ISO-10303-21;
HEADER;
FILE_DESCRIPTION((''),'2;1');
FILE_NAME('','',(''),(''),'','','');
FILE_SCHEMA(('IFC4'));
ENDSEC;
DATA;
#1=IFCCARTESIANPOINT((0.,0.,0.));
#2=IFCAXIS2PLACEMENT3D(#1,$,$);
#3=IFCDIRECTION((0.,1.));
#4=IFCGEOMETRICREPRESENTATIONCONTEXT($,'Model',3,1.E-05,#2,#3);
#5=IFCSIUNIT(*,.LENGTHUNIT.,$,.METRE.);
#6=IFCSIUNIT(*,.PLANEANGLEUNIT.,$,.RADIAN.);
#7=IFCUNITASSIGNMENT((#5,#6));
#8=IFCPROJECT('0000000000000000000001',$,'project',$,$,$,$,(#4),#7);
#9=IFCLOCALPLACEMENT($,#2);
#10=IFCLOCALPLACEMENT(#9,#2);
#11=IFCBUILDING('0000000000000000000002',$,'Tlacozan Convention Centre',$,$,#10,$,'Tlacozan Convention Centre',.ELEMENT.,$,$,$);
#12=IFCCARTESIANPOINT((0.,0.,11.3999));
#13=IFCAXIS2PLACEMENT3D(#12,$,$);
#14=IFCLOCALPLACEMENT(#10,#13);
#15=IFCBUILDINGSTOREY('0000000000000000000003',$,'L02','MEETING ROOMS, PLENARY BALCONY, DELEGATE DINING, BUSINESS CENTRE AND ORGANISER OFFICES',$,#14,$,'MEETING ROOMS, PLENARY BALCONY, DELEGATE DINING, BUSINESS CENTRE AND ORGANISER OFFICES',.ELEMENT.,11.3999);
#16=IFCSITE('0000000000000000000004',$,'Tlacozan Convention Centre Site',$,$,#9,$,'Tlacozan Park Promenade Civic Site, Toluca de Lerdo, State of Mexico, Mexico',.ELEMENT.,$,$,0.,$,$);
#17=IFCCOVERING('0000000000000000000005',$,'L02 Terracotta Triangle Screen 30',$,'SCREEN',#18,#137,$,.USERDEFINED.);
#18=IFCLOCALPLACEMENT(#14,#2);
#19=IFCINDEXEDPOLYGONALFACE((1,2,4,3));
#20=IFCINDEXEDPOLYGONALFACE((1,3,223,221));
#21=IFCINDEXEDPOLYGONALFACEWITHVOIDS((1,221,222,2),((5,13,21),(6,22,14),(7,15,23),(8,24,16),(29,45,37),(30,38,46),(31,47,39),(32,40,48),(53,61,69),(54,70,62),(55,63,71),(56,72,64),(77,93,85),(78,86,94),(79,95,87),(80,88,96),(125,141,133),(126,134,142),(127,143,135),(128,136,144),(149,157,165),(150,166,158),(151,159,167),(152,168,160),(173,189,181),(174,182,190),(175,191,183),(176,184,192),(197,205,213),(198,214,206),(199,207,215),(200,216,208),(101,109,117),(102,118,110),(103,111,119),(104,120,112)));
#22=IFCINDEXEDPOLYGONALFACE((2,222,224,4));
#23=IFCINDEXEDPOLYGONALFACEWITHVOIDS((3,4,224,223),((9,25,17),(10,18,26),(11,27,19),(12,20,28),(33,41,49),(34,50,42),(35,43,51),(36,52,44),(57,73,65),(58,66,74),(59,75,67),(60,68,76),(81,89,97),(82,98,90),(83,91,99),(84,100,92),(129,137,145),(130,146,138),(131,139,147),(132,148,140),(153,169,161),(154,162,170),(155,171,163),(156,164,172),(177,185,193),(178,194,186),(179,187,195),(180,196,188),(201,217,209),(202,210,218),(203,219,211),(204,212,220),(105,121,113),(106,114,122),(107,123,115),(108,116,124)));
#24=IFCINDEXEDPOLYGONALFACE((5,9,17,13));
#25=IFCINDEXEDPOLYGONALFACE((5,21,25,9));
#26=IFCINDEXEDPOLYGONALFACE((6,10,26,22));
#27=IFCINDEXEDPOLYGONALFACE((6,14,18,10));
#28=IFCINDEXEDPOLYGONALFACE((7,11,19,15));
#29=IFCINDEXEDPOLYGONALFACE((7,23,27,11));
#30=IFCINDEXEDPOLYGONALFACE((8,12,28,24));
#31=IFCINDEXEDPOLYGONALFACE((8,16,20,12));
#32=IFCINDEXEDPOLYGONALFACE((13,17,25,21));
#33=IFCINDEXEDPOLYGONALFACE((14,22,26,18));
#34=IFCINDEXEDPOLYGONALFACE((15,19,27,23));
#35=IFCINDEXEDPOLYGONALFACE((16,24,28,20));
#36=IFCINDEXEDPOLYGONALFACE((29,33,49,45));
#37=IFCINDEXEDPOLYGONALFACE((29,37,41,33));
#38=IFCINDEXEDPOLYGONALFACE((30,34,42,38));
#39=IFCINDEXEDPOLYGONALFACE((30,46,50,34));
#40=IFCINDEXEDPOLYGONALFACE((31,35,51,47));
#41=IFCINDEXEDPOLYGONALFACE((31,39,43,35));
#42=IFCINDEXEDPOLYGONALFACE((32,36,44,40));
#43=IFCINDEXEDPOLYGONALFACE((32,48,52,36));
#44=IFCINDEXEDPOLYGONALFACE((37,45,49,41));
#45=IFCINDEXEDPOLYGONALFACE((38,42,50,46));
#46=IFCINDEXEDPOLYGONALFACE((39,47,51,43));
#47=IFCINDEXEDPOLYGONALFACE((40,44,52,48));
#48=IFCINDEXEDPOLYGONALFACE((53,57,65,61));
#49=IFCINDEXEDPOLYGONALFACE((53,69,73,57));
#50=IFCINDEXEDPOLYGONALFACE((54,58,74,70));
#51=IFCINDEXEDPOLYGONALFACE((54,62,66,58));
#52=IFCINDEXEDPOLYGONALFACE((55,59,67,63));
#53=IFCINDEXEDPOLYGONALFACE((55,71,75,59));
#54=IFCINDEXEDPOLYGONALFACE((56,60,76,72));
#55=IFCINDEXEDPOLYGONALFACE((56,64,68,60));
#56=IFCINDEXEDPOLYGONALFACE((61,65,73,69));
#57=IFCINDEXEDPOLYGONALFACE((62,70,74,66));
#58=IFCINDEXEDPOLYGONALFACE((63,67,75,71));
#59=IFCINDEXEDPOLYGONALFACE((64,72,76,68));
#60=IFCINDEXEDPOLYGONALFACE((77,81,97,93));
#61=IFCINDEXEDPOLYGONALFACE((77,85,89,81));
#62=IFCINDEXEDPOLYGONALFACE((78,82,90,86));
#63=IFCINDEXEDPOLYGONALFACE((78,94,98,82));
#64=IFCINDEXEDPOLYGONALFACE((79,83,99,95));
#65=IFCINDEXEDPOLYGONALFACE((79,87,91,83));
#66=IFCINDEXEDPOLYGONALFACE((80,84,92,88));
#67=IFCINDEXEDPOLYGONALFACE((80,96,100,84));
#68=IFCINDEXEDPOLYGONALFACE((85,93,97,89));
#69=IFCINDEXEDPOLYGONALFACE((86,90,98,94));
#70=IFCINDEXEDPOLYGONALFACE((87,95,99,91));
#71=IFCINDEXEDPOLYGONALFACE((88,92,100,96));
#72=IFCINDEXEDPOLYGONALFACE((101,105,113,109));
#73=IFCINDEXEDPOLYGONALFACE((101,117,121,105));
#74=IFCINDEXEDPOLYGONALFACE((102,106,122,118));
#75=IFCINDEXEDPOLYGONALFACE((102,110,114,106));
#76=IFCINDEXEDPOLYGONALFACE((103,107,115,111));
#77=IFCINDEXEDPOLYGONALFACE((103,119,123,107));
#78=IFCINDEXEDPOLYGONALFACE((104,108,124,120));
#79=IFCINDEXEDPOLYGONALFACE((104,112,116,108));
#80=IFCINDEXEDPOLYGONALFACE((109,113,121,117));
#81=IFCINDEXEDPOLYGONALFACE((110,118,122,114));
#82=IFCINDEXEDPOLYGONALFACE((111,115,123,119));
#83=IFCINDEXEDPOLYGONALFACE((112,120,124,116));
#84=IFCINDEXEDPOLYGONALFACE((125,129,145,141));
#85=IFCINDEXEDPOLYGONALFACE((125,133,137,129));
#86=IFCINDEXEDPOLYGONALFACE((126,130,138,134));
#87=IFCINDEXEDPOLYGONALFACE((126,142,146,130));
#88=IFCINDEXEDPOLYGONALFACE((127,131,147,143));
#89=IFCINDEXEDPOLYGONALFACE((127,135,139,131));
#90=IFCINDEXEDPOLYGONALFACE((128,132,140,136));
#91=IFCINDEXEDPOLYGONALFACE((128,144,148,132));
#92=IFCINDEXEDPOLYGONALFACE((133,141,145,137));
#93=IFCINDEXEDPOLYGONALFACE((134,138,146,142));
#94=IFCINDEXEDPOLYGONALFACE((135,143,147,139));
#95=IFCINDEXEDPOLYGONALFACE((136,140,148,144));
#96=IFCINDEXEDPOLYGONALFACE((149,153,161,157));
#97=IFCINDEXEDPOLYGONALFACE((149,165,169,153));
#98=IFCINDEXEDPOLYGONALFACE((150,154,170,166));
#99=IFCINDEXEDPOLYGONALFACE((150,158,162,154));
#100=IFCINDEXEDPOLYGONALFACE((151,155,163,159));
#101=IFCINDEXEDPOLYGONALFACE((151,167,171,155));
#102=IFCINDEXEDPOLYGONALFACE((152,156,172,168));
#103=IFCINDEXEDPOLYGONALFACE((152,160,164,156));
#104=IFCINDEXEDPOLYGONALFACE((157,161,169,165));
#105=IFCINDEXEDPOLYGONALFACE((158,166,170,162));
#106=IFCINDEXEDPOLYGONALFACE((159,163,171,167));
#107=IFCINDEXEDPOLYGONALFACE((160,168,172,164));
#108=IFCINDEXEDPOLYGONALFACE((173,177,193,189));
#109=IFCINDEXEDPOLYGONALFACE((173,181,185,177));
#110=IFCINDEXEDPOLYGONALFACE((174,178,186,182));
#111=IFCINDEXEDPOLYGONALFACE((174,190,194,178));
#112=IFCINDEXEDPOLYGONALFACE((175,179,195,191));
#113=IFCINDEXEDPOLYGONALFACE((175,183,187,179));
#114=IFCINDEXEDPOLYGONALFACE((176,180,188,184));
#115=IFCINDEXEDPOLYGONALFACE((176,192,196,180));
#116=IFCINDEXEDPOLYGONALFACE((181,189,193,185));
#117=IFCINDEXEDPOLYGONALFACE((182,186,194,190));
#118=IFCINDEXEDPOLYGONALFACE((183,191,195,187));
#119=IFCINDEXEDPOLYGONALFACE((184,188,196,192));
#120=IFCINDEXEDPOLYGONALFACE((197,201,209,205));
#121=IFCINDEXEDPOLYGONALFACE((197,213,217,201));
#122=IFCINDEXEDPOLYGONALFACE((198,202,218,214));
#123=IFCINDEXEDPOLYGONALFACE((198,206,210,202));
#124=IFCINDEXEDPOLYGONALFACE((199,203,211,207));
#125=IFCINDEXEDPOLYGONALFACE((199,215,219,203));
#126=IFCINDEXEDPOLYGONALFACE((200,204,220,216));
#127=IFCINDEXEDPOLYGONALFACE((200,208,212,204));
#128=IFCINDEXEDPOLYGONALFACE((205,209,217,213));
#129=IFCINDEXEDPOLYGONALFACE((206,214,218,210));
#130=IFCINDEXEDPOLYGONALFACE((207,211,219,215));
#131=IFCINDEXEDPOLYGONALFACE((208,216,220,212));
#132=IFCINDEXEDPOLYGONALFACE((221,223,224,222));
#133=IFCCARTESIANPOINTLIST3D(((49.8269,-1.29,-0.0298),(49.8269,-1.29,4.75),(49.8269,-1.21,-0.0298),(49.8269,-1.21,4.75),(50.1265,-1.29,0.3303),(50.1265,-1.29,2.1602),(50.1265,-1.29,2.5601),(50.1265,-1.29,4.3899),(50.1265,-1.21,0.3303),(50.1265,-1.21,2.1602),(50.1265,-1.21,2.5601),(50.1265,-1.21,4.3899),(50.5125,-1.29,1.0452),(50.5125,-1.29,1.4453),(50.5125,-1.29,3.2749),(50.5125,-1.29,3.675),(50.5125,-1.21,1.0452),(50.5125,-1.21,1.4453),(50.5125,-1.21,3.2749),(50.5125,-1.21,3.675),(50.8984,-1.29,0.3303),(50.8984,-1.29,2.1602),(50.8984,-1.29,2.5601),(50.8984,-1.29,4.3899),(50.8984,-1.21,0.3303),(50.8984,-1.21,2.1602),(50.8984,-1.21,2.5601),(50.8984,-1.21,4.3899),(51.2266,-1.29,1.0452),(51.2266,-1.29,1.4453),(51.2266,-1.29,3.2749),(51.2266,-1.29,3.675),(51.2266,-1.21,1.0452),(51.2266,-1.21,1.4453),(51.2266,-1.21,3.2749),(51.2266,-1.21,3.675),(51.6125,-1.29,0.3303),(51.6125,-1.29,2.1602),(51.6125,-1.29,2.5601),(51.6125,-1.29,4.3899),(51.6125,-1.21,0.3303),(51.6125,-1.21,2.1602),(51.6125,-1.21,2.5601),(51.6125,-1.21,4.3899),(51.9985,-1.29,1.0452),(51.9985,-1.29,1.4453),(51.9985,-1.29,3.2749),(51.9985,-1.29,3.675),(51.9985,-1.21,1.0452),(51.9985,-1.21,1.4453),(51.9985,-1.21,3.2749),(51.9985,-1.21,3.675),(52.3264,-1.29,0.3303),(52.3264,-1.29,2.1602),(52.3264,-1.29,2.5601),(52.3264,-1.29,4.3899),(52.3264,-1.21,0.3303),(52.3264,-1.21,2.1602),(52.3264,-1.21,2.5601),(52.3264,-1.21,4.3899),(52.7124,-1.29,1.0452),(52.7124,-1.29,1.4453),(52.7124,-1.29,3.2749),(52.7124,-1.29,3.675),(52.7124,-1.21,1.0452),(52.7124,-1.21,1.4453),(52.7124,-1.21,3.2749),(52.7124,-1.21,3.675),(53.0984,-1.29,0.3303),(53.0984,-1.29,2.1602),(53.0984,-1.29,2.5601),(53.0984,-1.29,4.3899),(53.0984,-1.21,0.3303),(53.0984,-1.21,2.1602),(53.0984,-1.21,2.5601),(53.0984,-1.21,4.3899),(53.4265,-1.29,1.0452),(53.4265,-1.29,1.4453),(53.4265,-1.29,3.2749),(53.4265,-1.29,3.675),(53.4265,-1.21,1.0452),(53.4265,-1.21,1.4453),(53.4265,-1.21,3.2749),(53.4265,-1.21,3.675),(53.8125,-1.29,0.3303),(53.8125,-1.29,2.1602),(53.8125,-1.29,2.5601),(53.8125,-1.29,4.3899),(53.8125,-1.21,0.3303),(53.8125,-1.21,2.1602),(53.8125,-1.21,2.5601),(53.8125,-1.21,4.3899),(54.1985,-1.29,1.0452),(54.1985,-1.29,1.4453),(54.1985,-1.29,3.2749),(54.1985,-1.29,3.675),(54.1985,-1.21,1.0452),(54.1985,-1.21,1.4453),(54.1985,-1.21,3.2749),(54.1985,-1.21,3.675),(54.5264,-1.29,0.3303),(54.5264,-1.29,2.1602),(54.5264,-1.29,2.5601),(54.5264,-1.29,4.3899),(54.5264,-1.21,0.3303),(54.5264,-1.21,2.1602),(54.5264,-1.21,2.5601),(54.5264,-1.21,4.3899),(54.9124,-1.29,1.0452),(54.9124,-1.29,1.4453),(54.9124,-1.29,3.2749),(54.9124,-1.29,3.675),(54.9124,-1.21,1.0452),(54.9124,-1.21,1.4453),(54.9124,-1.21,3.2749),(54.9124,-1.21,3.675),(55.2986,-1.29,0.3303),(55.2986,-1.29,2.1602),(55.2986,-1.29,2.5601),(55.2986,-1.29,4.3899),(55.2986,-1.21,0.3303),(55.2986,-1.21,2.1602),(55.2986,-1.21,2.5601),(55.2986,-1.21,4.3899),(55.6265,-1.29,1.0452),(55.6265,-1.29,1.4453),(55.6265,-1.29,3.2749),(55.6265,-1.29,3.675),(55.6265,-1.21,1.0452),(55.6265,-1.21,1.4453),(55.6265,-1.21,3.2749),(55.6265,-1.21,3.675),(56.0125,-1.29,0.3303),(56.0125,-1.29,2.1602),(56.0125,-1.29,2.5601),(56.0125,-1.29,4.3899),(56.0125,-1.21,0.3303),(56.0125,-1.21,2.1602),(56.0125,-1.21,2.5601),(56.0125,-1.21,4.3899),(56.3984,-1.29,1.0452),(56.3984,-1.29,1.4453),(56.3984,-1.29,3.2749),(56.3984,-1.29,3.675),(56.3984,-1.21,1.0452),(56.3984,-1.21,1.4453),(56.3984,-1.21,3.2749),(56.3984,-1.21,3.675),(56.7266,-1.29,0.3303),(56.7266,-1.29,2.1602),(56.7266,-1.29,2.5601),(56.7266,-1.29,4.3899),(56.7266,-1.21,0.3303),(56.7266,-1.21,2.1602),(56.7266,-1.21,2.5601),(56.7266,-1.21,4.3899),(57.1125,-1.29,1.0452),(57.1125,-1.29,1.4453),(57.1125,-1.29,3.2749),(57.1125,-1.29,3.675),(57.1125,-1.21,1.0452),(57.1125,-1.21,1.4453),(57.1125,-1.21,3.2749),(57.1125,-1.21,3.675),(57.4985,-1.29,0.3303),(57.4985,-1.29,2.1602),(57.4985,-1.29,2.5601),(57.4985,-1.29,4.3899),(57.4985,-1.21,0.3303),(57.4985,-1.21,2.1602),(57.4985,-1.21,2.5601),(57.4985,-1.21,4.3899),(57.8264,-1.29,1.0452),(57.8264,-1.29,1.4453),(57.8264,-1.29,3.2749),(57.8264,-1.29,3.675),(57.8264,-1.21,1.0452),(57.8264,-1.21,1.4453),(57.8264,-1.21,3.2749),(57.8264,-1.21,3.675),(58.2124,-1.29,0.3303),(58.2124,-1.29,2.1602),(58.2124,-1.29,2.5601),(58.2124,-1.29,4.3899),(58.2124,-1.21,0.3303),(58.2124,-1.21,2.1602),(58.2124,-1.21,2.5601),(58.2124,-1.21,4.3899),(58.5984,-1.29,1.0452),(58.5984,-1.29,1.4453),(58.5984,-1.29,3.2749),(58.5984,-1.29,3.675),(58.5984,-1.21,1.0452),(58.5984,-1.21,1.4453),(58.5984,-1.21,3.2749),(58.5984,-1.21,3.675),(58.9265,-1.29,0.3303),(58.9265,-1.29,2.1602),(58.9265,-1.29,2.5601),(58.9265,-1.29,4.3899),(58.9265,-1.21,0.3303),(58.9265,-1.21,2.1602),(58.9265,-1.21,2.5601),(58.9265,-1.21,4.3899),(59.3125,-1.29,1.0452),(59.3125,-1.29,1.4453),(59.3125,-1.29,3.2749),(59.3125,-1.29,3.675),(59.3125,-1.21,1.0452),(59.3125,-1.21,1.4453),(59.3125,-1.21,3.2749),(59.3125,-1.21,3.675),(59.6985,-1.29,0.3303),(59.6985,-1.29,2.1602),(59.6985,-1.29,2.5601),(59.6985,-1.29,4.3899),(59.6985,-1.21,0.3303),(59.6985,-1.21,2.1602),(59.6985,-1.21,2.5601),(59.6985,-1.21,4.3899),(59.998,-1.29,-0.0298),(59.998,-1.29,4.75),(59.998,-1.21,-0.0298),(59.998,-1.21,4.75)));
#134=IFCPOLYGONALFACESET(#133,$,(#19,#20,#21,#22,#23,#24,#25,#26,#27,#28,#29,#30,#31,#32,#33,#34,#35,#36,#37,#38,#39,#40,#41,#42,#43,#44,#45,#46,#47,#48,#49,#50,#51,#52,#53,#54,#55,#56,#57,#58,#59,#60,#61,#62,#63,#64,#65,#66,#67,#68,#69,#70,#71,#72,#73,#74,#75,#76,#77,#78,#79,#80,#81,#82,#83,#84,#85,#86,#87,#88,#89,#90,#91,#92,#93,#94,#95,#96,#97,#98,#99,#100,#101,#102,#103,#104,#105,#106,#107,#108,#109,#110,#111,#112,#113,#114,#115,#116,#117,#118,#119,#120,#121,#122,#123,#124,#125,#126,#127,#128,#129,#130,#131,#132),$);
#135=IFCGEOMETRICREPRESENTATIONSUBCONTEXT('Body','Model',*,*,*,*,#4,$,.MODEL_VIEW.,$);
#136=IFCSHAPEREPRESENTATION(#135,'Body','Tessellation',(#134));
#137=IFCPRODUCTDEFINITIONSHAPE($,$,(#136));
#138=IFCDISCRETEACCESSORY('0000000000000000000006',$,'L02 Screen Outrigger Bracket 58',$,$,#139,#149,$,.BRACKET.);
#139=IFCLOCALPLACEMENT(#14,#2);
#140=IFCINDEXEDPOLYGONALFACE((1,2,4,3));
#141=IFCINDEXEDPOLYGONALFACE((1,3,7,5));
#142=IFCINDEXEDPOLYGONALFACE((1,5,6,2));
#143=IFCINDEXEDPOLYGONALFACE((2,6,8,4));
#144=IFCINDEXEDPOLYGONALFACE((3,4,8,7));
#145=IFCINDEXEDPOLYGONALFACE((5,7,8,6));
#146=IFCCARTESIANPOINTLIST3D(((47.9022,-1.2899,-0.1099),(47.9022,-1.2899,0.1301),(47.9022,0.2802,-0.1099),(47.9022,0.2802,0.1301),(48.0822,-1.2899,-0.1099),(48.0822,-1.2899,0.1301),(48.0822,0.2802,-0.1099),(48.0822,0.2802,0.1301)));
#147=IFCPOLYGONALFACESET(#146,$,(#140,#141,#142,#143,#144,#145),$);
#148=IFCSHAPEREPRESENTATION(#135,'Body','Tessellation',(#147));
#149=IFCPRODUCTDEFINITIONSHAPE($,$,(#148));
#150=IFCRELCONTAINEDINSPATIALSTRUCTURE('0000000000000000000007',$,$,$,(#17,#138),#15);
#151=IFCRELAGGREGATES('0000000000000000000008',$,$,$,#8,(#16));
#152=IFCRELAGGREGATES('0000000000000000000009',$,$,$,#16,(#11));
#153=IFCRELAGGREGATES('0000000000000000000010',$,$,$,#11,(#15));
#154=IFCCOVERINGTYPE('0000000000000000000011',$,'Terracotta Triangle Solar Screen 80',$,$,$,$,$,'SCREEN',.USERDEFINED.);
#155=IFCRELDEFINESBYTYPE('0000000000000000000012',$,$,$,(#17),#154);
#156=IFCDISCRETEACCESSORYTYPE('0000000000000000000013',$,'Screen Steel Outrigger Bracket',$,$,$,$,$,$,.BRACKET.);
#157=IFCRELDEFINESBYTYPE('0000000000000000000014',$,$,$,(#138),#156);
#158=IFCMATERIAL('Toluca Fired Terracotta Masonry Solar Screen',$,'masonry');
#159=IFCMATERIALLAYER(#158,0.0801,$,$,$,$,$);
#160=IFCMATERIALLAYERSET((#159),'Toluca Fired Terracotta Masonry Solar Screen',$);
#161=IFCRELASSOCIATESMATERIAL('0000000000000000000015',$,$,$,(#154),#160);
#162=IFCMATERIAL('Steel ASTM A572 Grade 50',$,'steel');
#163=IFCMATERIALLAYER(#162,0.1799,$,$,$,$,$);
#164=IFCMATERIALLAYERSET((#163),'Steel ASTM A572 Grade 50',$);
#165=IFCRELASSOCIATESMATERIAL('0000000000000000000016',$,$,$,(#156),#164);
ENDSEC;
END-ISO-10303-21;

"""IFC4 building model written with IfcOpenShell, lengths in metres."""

from ifc_helpers import new_model, si_unit, direction, frame, origin, origin_2d, place, context, subcontext, project, spatial, polyline, rectangle, outline, extrude, material, layer, layer_set, type_object, element, save


model = new_model("IFC4")

# Units and contexts
model_context = context("Model", 3, precision=1e-05, world=origin(), true_north=direction((0.0, 1.0)))
body_context = subcontext(model_context, "Body", "Model", "MODEL_VIEW")
ifc_project = project(units=[si_unit("LENGTHUNIT", "METRE"), si_unit("PLANEANGLEUNIT", "RADIAN")], contexts=[model_context])

# Site, building, storey
site_placement = place(None, origin())
site = spatial("IfcSite", under=ifc_project, at=site_placement, Name="Tlacozan Convention Centre Site", LongName="Tlacozan Park Promenade Civic Site, Toluca de Lerdo, State of Mexico, Mexico", CompositionType="ELEMENT", RefElevation=0.0)
building_placement = place(site_placement, origin())
building = spatial("IfcBuilding", under=site, at=building_placement, Name="Tlacozan Convention Centre", LongName="Tlacozan Convention Centre", CompositionType="ELEMENT")
storey_placement = place(building_placement, frame((0.0, 0.0, 11.3999)))
storey = spatial("IfcBuildingStorey", under=building, at=storey_placement, Name="L02", Description="MEETING ROOMS, PLENARY BALCONY, DELEGATE DINING, BUSINESS CENTRE AND ORGANISER OFFICES", LongName="MEETING ROOMS, PLENARY BALCONY, DELEGATE DINING, BUSINESS CENTRE AND ORGANISER OFFICES", CompositionType="ELEMENT", Elevation=11.3999)

# Covering
ifc_material_1 = material(Name="Toluca Fired Terracotta Masonry Solar Screen", Category="masonry")
ifc_layer_1 = layer(ifc_material_1, 0.0801)
ifc_layer_set_1 = layer_set([ifc_layer_1], Name="Toluca Fired Terracotta Masonry Solar Screen")
covering_type = type_object("IfcCoveringType", Name="Terracotta Triangle Solar Screen 80", ElementType="SCREEN", PredefinedType="USERDEFINED", material=ifc_layer_set_1)
covering_placement = place(storey_placement, frame((49.8269, -1.25, -0.0298), z_axis=(0.0, 0.0, 1.0), x_axis=(1.0, 0.0, 0.0)))
element("IfcCovering", 1, at=covering_placement, inside=storey, type_object=covering_type, Name="L02 Terracotta Triangle Screen 30", ObjectType="SCREEN", PredefinedType="USERDEFINED", context=body_context, shape_type="SweptSolid", body=[
    extrude(outline(polyline([(0.0, 0.0), (10.1711, 0.0), (10.1711, 4.7798), (0.0, 4.7798), (0.0, 0.0)]), holes=[polyline([(0.2996, 0.3601), (1.0715, 0.3601), (0.6855, 1.075), (0.2996, 0.3601)]), polyline([(1.3997, 1.075), (2.1716, 1.075), (1.7856, 0.3601), (1.3997, 1.075)]), polyline([(2.4995, 0.3601), (3.2715, 0.3601), (2.8855, 1.075), (2.4995, 0.3601)]), polyline([(3.5996, 1.075), (4.3716, 1.075), (3.9856, 0.3601), (3.5996, 1.075)]), polyline([(4.6995, 0.3601), (5.4717, 0.3601), (5.0854, 1.075), (4.6995, 0.3601)]), polyline([(5.7996, 1.075), (6.5715, 1.075), (6.1855, 0.3601), (5.7996, 1.075)]), polyline([(6.8997, 0.3601), (7.6716, 0.3601), (7.2856, 1.075), (6.8997, 0.3601)]), polyline([(7.9995, 1.075), (8.7715, 1.075), (8.3855, 0.3601), (7.9995, 1.075)]), polyline([(9.0996, 0.3601), (9.8716, 0.3601), (9.4856, 1.075), (9.0996, 0.3601)]), polyline([(0.2996, 2.1899), (1.0715, 2.1899), (0.6855, 1.4751), (0.2996, 2.1899)]), polyline([(1.3997, 1.4751), (2.1716, 1.4751), (1.7856, 2.1899), (1.3997, 1.4751)]), polyline([(2.4995, 2.1899), (3.2715, 2.1899), (2.8855, 1.4751), (2.4995, 2.1899)]), polyline([(3.5996, 1.4751), (4.3716, 1.4751), (3.9856, 2.1899), (3.5996, 1.4751)]), polyline([(4.6995, 2.1899), (5.4717, 2.1899), (5.0854, 1.4751), (4.6995, 2.1899)]), polyline([(5.7996, 1.4751), (6.5715, 1.4751), (6.1855, 2.1899), (5.7996, 1.4751)]), polyline([(6.8997, 2.1899), (7.6716, 2.1899), (7.2856, 1.4751), (6.8997, 2.1899)]), polyline([(7.9995, 1.4751), (8.7715, 1.4751), (8.3855, 2.1899), (7.9995, 1.4751)]), polyline([(9.0996, 2.1899), (9.8716, 2.1899), (9.4856, 1.4751), (9.0996, 2.1899)]), polyline([(0.2996, 2.5898), (1.0715, 2.5898), (0.6855, 3.3047), (0.2996, 2.5898)]), polyline([(1.3997, 3.3047), (2.1716, 3.3047), (1.7856, 2.5898), (1.3997, 3.3047)]), polyline([(2.4995, 2.5898), (3.2715, 2.5898), (2.8855, 3.3047), (2.4995, 2.5898)]), polyline([(3.5996, 3.3047), (4.3716, 3.3047), (3.9856, 2.5898), (3.5996, 3.3047)]), polyline([(4.6995, 2.5898), (5.4717, 2.5898), (5.0854, 3.3047), (4.6995, 2.5898)]), polyline([(5.7996, 3.3047), (6.5715, 3.3047), (6.1855, 2.5898), (5.7996, 3.3047)]), polyline([(6.8997, 2.5898), (7.6716, 2.5898), (7.2856, 3.3047), (6.8997, 2.5898)]), polyline([(7.9995, 3.3047), (8.7715, 3.3047), (8.3855, 2.5898), (7.9995, 3.3047)]), polyline([(9.0996, 2.5898), (9.8716, 2.5898), (9.4856, 3.3047), (9.0996, 2.5898)]), polyline([(0.2996, 4.4197), (1.0715, 4.4197), (0.6855, 3.7048), (0.2996, 4.4197)]), polyline([(1.3997, 3.7048), (2.1716, 3.7048), (1.7856, 4.4197), (1.3997, 3.7048)]), polyline([(2.4995, 4.4197), (3.2715, 4.4197), (2.8855, 3.7048), (2.4995, 4.4197)]), polyline([(3.5996, 3.7048), (4.3716, 3.7048), (3.9856, 4.4197), (3.5996, 3.7048)]), polyline([(4.6995, 4.4197), (5.4717, 4.4197), (5.0854, 3.7048), (4.6995, 4.4197)]), polyline([(5.7996, 3.7048), (6.5715, 3.7048), (6.1855, 4.4197), (5.7996, 3.7048)]), polyline([(6.8997, 4.4197), (7.6716, 4.4197), (7.2856, 3.7048), (6.8997, 4.4197)]), polyline([(7.9995, 3.7048), (8.7715, 3.7048), (8.3855, 4.4197), (7.9995, 3.7048)]), polyline([(9.0996, 4.4197), (9.8716, 4.4197), (9.4856, 3.7048), (9.0996, 4.4197)])]), frame((0.0, 0.04, 0.0), z_axis=(0.0, -1.0, 0.0), x_axis=(1.0, 0.0, 0.0)), (0.0, 0.0, 1.0), 0.0801),
])

# Discrete accessory
ifc_material_2 = material(Name="Steel ASTM A572 Grade 50", Category="steel")
ifc_layer_2 = layer(ifc_material_2, 0.1799)
ifc_layer_set_2 = layer_set([ifc_layer_2], Name="Steel ASTM A572 Grade 50")
discrete_accessory_type = type_object("IfcDiscreteAccessoryType", Name="Screen Steel Outrigger Bracket", PredefinedType="BRACKET", material=ifc_layer_set_2)
discrete_accessory_placement = place(storey_placement, frame((47.9922, -0.5049, -0.1099), z_axis=(0.0, 0.0, 1.0), x_axis=(0.0, 1.0, 0.0)))
element("IfcDiscreteAccessory", 2, at=discrete_accessory_placement, inside=storey, type_object=discrete_accessory_type, Name="L02 Screen Outrigger Bracket 58", PredefinedType="BRACKET", context=body_context, shape_type="SweptSolid", body=[
    extrude(rectangle(XDim=1.5701, YDim=0.1799, at=origin_2d()), origin(), (0.0, 0.0, 1.0), 0.24),
])

save(model, "model.ifc")
